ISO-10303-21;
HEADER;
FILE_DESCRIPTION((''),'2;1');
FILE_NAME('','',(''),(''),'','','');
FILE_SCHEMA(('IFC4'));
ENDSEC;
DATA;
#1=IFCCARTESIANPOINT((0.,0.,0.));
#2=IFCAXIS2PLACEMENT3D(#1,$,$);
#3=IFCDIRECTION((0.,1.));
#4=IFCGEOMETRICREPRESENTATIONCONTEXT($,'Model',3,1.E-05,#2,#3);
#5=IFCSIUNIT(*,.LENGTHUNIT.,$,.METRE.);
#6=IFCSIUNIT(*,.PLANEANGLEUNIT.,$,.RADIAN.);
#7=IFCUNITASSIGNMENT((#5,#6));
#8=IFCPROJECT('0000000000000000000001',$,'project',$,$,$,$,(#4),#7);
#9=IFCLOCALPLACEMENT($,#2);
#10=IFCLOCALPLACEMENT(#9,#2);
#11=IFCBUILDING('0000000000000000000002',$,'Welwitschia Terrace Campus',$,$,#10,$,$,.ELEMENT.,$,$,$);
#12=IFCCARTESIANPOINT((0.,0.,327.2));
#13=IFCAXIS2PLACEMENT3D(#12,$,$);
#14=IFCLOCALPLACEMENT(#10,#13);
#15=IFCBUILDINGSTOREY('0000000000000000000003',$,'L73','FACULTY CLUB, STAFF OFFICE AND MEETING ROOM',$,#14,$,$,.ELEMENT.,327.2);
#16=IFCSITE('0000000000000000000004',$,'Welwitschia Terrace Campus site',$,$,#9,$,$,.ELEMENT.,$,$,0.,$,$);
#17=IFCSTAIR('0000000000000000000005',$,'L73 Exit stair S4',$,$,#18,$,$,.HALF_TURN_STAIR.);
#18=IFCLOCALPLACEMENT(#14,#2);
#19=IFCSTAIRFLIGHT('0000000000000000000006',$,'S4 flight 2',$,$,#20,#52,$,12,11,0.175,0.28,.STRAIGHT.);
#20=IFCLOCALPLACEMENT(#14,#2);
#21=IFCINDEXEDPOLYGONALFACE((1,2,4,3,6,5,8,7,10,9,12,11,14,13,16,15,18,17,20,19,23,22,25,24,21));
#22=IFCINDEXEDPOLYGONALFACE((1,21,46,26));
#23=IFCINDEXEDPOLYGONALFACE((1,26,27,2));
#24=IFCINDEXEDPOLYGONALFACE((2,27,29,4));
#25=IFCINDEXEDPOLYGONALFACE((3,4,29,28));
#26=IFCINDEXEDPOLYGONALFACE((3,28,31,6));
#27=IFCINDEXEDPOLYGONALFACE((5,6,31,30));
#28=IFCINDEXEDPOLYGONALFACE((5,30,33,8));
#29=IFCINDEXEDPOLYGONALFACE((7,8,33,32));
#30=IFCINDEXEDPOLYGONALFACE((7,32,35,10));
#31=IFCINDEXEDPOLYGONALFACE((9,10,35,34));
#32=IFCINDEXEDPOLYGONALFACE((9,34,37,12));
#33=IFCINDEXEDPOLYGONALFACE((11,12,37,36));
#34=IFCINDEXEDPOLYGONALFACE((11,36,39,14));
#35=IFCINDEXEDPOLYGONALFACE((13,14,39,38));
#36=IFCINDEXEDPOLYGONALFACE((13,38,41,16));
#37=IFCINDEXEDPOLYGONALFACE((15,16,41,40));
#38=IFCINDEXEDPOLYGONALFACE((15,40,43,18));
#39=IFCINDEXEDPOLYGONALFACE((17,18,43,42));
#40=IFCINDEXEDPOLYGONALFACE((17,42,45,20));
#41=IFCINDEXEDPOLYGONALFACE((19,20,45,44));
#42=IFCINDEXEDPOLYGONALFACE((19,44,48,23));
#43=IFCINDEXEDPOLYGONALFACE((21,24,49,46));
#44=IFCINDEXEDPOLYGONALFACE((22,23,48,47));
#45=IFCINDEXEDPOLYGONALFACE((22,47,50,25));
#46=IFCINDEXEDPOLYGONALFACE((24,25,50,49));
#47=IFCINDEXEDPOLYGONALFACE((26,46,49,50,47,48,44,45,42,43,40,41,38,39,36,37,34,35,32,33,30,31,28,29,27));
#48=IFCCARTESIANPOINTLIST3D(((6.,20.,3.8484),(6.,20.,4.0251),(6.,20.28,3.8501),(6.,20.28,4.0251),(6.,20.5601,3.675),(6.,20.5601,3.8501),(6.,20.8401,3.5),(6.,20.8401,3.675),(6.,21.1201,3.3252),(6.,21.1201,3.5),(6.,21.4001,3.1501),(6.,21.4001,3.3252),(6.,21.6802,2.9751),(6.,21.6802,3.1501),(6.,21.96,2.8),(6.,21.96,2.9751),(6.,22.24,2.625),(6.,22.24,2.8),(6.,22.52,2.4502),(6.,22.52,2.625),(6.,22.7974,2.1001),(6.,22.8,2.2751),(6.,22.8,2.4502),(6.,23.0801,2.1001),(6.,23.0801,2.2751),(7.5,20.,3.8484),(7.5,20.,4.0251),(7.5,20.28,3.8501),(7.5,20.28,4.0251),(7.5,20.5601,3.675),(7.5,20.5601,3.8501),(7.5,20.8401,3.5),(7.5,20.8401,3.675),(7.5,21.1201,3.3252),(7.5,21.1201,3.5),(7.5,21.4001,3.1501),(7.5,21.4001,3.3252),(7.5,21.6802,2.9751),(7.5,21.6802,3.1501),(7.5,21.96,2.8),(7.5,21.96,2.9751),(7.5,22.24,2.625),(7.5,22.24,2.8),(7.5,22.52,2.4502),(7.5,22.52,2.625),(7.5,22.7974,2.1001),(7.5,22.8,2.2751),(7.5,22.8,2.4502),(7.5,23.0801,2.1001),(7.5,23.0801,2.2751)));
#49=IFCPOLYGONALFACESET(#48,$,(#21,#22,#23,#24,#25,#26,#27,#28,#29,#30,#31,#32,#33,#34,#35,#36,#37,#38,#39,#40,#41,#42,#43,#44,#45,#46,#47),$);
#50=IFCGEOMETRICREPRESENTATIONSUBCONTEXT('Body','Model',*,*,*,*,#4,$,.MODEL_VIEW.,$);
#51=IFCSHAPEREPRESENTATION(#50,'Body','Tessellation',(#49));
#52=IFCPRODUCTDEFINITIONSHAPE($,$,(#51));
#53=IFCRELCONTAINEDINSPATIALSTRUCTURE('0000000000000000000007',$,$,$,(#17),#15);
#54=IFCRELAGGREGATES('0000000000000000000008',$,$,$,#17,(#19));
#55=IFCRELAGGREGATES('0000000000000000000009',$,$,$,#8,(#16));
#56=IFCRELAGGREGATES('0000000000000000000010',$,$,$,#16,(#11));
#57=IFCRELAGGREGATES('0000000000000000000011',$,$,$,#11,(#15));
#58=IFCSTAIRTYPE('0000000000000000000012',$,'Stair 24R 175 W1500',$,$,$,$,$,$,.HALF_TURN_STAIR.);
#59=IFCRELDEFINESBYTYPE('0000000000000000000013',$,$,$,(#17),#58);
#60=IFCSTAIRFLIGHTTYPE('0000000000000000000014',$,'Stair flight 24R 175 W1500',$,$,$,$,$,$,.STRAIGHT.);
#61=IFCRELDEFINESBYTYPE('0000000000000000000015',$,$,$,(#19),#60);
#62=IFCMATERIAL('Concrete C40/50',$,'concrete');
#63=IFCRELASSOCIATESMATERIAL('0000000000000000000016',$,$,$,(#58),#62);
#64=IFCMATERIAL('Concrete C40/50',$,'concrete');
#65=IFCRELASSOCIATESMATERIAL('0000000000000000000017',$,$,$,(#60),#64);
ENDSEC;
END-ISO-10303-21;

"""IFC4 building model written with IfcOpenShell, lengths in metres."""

from ifc_helpers import new_model, si_unit, direction, frame, origin, place, context, subcontext, project, spatial, polyline, outline, extrude, material, type_object, element, aggregate, save


model = new_model("IFC4")

# Units and contexts
model_context = context("Model", 3, precision=1e-05, world=origin(), true_north=direction((0.0, 1.0)))
body_context = subcontext(model_context, "Body", "Model", "MODEL_VIEW")
ifc_project = project(units=[si_unit("LENGTHUNIT", "METRE"), si_unit("PLANEANGLEUNIT", "RADIAN")], contexts=[model_context])

# Site, building, storey
site_placement = place(None, origin())
site = spatial("IfcSite", under=ifc_project, at=site_placement, Name="Welwitschia Terrace Campus site", CompositionType="ELEMENT", RefElevation=0.0)
building_placement = place(site_placement, origin())
building = spatial("IfcBuilding", under=site, at=building_placement, Name="Welwitschia Terrace Campus", CompositionType="ELEMENT")
storey_placement = place(building_placement, frame((0.0, 0.0, 327.2)))
storey = spatial("IfcBuildingStorey", under=building, at=storey_placement, Name="L73", Description="FACULTY CLUB, STAFF OFFICE AND MEETING ROOM", CompositionType="ELEMENT", Elevation=327.2)

# Stair, stair flight
ifc_material_1 = material(Name="Concrete C40/50", Category="concrete")
stair_type = type_object("IfcStairType", Name="Stair 24R 175 W1500", PredefinedType="HALF_TURN_STAIR", material=ifc_material_1)
stair_placement = place(storey_placement, origin())
stair = element("IfcStair", 1, at=stair_placement, inside=storey, type_object=stair_type, Name="L73 Exit stair S4", PredefinedType="HALF_TURN_STAIR")
ifc_material_2 = material(Name="Concrete C40/50", Category="concrete")
stair_flight_type = type_object("IfcStairFlightType", Name="Stair flight 24R 175 W1500", PredefinedType="STRAIGHT", material=ifc_material_2)
stair_flight_1_placement = place(storey_placement, frame((6.75, 23.0801, 2.1001), z_axis=(0.0, 0.0, 1.0), x_axis=(0.0, -1.0, 0.0)))
stair_flight_1 = element("IfcStairFlight", 2, at=stair_flight_1_placement, type_object=stair_flight_type, Name="S4 flight 2", NumberOfRisers=12, NumberOfTreads=11, PredefinedType="STRAIGHT", RiserHeight=0.175, TreadLength=0.28, context=body_context, shape_type="SweptSolid", body=[
    extrude(outline(polyline([(0.0, 0.0), (0.0, 0.175), (0.28, 0.175), (0.28, 0.3501), (0.5601, 0.3501), (0.5601, 0.5249), (0.8401, 0.5249), (0.8401, 0.7), (1.1201, 0.7), (1.1201, 0.875), (1.3999, 0.875), (1.3999, 1.05), (1.6799, 1.05), (1.6799, 1.2251), (1.96, 1.2251), (1.96, 1.3999), (2.24, 1.3999), (2.24, 1.575), (2.52, 1.575), (2.52, 1.75), (2.8, 1.75), (2.8, 1.925), (3.0801, 1.925), (3.0801, 2.1001), (3.0801, 1.7483), (0.2827, 0.0), (0.0, 0.0)])), frame((0.0, 0.75, 0.0), z_axis=(0.0, -1.0, 0.0), x_axis=(1.0, 0.0, 0.0)), (0.0, 0.0, 1.0), 1.5),
])
aggregate(stair, [stair_flight_1])

save(model, "model.ifc")
